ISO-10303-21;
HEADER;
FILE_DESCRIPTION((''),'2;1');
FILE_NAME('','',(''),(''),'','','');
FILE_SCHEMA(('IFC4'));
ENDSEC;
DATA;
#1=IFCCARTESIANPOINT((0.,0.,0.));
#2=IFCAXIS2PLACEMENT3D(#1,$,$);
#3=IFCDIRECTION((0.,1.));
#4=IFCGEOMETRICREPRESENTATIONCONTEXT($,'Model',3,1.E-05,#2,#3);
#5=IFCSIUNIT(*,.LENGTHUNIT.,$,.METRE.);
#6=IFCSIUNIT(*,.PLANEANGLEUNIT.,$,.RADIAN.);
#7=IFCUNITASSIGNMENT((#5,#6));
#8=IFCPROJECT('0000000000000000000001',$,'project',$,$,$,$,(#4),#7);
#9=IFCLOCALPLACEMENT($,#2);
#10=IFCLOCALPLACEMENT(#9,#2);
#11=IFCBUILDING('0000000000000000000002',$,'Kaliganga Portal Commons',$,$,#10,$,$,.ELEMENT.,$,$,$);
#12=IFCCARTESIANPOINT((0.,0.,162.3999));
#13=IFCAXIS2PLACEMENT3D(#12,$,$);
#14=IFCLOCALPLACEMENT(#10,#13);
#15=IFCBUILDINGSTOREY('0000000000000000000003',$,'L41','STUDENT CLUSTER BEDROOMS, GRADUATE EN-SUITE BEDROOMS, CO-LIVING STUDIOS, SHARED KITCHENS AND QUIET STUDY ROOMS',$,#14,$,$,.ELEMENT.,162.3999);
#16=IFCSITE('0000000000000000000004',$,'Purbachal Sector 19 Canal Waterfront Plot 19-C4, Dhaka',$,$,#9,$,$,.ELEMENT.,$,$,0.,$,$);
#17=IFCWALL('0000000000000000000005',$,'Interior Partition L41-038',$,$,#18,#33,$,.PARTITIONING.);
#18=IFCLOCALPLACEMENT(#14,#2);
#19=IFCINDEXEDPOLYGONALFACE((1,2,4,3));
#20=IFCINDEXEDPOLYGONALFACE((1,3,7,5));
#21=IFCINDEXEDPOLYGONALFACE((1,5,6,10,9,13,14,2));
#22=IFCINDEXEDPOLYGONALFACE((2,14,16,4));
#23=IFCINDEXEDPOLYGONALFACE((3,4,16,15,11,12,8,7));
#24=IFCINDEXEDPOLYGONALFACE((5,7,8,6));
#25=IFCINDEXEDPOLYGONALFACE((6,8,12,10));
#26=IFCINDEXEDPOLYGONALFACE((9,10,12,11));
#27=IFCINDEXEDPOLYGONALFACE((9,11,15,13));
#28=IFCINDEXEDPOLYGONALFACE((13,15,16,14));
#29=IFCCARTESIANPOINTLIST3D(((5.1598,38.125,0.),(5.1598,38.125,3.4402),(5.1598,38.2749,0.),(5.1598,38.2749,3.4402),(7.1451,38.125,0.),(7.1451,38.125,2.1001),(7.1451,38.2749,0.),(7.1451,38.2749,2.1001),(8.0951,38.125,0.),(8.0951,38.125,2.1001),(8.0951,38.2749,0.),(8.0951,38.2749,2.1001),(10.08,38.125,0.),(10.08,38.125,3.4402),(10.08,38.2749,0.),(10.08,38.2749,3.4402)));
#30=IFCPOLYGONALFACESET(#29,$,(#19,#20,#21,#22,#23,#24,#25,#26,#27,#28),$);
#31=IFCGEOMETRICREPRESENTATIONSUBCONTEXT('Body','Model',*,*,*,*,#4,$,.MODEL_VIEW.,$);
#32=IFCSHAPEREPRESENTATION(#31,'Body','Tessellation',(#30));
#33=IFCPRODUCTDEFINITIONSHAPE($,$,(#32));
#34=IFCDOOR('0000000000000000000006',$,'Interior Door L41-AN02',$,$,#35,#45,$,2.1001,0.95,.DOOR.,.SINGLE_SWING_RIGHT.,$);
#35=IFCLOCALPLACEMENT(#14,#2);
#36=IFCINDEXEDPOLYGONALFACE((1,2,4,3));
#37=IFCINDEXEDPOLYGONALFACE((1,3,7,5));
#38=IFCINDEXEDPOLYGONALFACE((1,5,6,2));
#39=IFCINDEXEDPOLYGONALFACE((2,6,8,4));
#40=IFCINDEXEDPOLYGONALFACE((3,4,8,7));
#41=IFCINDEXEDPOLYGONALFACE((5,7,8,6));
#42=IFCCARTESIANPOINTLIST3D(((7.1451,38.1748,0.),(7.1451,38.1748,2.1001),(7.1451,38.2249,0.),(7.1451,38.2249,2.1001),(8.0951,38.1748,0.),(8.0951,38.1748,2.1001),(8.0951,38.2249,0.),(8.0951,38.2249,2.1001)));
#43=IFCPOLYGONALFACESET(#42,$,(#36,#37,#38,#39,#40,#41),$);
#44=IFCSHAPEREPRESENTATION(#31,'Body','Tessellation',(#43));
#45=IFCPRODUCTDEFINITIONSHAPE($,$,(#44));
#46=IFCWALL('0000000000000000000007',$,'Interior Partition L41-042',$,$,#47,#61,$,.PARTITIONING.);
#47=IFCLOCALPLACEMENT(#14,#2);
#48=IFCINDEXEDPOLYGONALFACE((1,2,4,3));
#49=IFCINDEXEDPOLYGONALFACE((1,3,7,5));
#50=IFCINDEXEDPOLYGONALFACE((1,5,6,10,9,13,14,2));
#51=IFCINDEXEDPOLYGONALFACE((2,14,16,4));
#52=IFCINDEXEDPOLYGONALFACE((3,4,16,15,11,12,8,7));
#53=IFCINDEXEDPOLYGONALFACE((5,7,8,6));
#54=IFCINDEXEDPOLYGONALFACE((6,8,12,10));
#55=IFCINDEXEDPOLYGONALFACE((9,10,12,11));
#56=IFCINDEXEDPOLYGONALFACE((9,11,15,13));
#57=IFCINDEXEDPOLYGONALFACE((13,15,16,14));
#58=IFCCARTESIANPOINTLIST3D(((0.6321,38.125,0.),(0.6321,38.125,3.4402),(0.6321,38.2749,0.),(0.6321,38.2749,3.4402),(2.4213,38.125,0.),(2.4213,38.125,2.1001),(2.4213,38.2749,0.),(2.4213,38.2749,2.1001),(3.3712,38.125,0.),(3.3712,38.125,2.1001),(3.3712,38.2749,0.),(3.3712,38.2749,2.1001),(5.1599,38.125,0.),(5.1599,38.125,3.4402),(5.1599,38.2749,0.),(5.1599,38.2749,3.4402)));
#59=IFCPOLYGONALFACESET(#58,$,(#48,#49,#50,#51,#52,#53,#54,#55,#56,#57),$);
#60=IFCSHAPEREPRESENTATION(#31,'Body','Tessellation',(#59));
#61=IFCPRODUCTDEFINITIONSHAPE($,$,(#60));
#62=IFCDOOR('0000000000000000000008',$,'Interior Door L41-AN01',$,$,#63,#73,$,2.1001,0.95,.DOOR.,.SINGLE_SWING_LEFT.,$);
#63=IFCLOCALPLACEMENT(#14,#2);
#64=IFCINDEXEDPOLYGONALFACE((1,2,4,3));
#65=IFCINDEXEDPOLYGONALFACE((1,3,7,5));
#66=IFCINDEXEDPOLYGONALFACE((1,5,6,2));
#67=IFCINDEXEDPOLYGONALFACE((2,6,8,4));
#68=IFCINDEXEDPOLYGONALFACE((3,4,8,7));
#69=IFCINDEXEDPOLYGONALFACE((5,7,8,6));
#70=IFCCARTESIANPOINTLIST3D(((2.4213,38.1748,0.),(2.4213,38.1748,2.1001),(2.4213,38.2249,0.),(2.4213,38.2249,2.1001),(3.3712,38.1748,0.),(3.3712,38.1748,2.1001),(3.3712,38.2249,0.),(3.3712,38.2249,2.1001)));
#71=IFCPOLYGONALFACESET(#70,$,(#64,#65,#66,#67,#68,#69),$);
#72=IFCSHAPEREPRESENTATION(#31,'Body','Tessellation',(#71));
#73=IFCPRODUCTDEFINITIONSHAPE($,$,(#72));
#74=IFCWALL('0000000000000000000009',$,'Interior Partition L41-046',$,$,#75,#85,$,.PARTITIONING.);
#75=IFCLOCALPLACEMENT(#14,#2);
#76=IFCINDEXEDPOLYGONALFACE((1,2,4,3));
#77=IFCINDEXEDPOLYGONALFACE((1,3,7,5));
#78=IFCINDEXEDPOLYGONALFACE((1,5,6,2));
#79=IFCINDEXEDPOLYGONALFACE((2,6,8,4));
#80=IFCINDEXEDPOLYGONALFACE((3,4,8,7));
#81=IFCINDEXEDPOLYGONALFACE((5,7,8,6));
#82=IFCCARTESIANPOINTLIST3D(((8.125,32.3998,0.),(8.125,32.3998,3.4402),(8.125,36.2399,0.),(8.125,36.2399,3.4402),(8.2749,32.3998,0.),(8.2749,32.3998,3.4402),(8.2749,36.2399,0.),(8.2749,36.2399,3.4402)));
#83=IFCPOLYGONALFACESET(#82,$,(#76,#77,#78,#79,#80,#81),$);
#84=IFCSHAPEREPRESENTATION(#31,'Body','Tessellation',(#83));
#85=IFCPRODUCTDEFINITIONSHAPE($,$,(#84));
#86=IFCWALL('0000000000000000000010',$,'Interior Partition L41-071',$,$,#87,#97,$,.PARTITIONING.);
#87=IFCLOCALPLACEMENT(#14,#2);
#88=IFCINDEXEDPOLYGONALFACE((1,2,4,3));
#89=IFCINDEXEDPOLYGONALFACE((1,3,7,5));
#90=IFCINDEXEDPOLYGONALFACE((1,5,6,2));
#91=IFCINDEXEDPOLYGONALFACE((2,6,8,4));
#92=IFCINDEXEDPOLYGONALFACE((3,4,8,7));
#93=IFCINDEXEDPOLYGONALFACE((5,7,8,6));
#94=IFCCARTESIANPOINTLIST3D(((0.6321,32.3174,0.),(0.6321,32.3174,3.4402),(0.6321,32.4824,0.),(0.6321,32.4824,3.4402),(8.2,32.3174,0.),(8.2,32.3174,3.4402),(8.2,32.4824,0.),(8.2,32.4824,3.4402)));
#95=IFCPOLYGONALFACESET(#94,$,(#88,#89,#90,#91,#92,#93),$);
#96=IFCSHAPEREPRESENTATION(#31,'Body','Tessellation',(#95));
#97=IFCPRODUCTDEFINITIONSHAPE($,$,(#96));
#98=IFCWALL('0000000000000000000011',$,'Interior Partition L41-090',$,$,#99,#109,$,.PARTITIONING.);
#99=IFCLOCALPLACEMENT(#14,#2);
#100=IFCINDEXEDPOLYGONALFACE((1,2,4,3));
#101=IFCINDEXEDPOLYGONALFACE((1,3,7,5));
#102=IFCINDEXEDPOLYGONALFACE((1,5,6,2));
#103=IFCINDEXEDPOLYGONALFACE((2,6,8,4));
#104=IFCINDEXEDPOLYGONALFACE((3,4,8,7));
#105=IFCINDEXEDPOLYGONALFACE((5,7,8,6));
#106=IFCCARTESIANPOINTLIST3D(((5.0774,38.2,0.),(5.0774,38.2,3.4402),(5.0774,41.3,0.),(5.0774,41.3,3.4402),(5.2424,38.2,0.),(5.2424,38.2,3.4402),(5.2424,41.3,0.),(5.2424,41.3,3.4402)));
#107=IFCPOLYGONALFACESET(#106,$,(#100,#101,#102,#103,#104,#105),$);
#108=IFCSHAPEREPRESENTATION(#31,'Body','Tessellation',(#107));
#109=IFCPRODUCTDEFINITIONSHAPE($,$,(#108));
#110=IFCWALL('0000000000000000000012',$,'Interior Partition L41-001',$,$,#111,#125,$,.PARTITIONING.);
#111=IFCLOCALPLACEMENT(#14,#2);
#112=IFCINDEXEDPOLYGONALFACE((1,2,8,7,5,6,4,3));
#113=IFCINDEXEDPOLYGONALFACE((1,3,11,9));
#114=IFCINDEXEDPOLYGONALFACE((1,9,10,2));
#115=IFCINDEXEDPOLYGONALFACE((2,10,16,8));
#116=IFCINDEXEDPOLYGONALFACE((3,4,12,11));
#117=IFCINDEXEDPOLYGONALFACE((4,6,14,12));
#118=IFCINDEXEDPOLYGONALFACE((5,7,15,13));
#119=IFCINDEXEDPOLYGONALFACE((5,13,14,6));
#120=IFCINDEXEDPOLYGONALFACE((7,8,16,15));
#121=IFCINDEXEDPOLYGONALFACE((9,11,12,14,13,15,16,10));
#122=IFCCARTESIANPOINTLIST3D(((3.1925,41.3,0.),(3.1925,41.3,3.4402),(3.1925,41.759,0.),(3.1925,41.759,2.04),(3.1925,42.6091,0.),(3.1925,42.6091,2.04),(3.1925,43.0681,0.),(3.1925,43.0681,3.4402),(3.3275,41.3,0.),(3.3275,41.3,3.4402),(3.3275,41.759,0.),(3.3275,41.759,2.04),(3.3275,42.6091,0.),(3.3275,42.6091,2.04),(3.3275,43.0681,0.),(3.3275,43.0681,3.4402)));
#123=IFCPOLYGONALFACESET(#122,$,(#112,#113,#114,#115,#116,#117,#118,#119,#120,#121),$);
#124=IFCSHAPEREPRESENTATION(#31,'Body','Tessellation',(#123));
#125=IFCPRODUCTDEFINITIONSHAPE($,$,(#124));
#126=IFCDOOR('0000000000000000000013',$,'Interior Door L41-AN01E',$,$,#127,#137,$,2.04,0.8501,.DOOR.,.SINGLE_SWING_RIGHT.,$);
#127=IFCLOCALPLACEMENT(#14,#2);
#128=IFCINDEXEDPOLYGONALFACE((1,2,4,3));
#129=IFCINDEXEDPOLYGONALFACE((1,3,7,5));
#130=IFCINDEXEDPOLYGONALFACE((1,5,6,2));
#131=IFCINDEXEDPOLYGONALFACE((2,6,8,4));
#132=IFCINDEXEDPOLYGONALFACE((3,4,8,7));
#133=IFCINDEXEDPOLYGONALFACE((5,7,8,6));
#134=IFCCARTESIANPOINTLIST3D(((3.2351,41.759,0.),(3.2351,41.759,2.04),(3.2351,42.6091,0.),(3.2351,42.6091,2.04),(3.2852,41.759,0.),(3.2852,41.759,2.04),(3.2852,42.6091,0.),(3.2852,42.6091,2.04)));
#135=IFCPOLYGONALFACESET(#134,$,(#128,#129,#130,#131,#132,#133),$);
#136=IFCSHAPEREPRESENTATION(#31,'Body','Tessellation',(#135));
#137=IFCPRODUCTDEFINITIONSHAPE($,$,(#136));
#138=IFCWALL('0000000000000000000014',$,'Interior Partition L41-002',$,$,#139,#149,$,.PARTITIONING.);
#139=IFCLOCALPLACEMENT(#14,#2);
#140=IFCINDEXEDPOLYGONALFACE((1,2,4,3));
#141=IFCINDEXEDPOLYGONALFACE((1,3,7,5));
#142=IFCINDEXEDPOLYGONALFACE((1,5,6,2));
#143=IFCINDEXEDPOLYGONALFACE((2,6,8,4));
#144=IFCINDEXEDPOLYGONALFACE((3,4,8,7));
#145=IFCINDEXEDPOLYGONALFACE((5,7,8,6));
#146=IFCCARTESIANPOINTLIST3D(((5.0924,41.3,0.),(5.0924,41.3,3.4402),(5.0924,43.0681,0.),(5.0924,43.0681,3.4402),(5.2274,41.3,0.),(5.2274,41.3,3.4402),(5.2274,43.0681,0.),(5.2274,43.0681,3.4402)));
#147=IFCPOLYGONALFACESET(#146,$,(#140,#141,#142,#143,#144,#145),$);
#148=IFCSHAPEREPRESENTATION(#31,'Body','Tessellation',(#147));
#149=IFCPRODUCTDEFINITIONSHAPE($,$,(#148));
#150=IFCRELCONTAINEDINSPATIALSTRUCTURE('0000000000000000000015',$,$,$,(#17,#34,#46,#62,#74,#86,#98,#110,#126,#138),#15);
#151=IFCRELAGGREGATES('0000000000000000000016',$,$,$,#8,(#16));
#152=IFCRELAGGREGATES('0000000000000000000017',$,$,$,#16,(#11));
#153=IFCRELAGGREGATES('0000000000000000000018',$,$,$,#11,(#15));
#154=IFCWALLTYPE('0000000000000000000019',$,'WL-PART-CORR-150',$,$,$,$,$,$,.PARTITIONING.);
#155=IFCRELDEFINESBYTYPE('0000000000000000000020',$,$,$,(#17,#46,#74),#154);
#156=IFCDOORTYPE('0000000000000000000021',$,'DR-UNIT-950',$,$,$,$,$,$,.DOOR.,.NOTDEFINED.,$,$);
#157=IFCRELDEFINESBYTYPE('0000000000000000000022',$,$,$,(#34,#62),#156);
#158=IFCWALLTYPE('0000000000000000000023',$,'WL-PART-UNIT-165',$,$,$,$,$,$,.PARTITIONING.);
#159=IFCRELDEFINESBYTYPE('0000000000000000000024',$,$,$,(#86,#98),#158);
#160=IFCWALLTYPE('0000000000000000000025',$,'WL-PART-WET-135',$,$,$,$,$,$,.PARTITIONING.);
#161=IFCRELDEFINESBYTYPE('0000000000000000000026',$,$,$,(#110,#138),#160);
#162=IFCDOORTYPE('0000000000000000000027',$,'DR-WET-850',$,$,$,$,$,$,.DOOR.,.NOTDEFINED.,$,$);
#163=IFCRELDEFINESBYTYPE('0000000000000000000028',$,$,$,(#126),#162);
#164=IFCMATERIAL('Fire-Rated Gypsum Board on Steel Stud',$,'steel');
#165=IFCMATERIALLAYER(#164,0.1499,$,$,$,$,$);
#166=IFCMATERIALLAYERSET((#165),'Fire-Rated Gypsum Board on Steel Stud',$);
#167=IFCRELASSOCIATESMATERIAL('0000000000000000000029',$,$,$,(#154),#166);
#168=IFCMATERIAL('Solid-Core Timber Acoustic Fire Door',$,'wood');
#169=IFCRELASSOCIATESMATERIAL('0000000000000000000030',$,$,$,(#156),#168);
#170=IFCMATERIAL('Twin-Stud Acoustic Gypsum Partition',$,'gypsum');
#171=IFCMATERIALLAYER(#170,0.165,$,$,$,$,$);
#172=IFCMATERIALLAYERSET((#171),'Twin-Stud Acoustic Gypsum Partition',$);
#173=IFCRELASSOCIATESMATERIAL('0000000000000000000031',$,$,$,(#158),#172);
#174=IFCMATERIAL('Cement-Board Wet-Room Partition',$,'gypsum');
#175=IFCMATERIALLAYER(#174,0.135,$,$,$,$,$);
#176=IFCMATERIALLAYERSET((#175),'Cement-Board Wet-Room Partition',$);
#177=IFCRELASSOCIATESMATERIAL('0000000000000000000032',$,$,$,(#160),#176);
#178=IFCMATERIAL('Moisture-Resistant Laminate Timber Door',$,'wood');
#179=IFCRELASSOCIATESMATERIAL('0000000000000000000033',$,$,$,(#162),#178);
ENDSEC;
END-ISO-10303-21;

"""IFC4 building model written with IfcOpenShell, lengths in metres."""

from ifc_helpers import new_model, si_unit, direction, frame, frame_2d, origin, place, context, subcontext, project, spatial, rectangle, extrude, material, layer, layer_set, type_object, element, fill, save


model = new_model("IFC4")

# Units and contexts
model_context = context("Model", 3, precision=1e-05, world=origin(), true_north=direction((0.0, 1.0)))
body_context = subcontext(model_context, "Body", "Model", "MODEL_VIEW")
ifc_project = project(units=[si_unit("LENGTHUNIT", "METRE"), si_unit("PLANEANGLEUNIT", "RADIAN")], contexts=[model_context])

# Site, building, storey
site_placement = place(None, origin())
site = spatial("IfcSite", under=ifc_project, at=site_placement, Name="Purbachal Sector 19 Canal Waterfront Plot 19-C4, Dhaka", CompositionType="ELEMENT", RefElevation=0.0)
building_placement = place(site_placement, origin())
building = spatial("IfcBuilding", under=site, at=building_placement, Name="Kaliganga Portal Commons", CompositionType="ELEMENT")
storey_placement = place(building_placement, frame((0.0, 0.0, 162.3999)))
storey = spatial("IfcBuildingStorey", under=building, at=storey_placement, Name="L41", Description="STUDENT CLUSTER BEDROOMS, GRADUATE EN-SUITE BEDROOMS, CO-LIVING STUDIOS, SHARED KITCHENS AND QUIET STUDY ROOMS", CompositionType="ELEMENT", Elevation=162.3999)

# Shared definitions
ifc_material_1 = material(Name="Fire-Rated Gypsum Board on Steel Stud", Category="steel")
ifc_layer_1 = layer(ifc_material_1, 0.1499)
ifc_layer_set_1 = layer_set([ifc_layer_1], Name="Fire-Rated Gypsum Board on Steel Stud")
wall_type_1 = type_object("IfcWallType", Name="WL-PART-CORR-150", PredefinedType="PARTITIONING", material=ifc_layer_set_1)

# Walls, openings, doors
wall_1_placement = place(storey_placement, frame((5.1599, 38.2, 0.0), z_axis=(0.0, 0.0, 1.0), x_axis=(1.0, 0.0, 0.0)))
wall_1 = element("IfcWall", 1, at=wall_1_placement, inside=storey, type_object=wall_type_1, Name="Interior Partition L41-038", PredefinedType="PARTITIONING", context=body_context, shape_type="SweptSolid", body=[
    extrude(rectangle(XDim=4.9202, YDim=0.1499, at=frame_2d((2.46, 0.0))), origin(), (0.0, 0.0, 1.0), 3.4402),
])
opening_1_placement = place(wall_1_placement, frame((1.9851, 0.0, 0.0)))
opening_1 = element("IfcOpeningElement", 2, at=opening_1_placement, cuts=wall_1, PredefinedType="OPENING", context=body_context, shape_type="SweptSolid", body=[
    extrude(rectangle(XDim=0.95, YDim=2.1001, at=frame_2d((0.4751, 1.05))), frame((0.0, 0.085, 0.0), z_axis=(0.0, -1.0, 0.0), x_axis=(1.0, 0.0, 0.0)), (0.0, 0.0, 1.0), 0.1699),
])
ifc_material_2 = material(Name="Solid-Core Timber Acoustic Fire Door", Category="wood")
door_type_1 = type_object("IfcDoorType", Name="DR-UNIT-950", OperationType="NOTDEFINED", PredefinedType="DOOR", material=ifc_material_2)
door_1_placement = place(opening_1_placement, origin())
door_1 = element("IfcDoor", 3, at=door_1_placement, inside=storey, type_object=door_type_1, Name="Interior Door L41-AN02", OperationType="SINGLE_SWING_RIGHT", OverallHeight=2.1001, OverallWidth=0.95, PredefinedType="DOOR", context=body_context, shape_type="SweptSolid", body=[
    extrude(rectangle(XDim=0.95, YDim=2.1001, at=frame_2d((0.4751, 1.05))), frame((0.0, 0.0249, 0.0), z_axis=(0.0, -1.0, 0.0), x_axis=(1.0, 0.0, 0.0)), (0.0, 0.0, 1.0), 0.05),
])
fill(opening_1, door_1)
wall_2_placement = place(storey_placement, frame((0.6321, 38.2, 0.0), z_axis=(0.0, 0.0, 1.0), x_axis=(1.0, 0.0, 0.0)))
wall_2 = element("IfcWall", 4, at=wall_2_placement, inside=storey, type_object=wall_type_1, Name="Interior Partition L41-042", PredefinedType="PARTITIONING", context=body_context, shape_type="SweptSolid", body=[
    extrude(rectangle(XDim=4.5278, YDim=0.1499, at=frame_2d((2.2639, 0.0))), origin(), (0.0, 0.0, 1.0), 3.4402),
])
opening_2_placement = place(wall_2_placement, frame((1.7891, 0.0, 0.0)))
opening_2 = element("IfcOpeningElement", 5, at=opening_2_placement, cuts=wall_2, PredefinedType="OPENING", context=body_context, shape_type="SweptSolid", body=[
    extrude(rectangle(XDim=0.95, YDim=2.1001, at=frame_2d((0.4751, 1.05))), frame((0.0, 0.085, 0.0), z_axis=(0.0, -1.0, 0.0), x_axis=(1.0, 0.0, 0.0)), (0.0, 0.0, 1.0), 0.1699),
])
door_2_placement = place(opening_2_placement, origin())
door_2 = element("IfcDoor", 6, at=door_2_placement, inside=storey, type_object=door_type_1, Name="Interior Door L41-AN01", OperationType="SINGLE_SWING_LEFT", OverallHeight=2.1001, OverallWidth=0.95, PredefinedType="DOOR", context=body_context, shape_type="SweptSolid", body=[
    extrude(rectangle(XDim=0.95, YDim=2.1001, at=frame_2d((0.4751, 1.05))), frame((0.0, 0.0249, 0.0), z_axis=(0.0, -1.0, 0.0), x_axis=(1.0, 0.0, 0.0)), (0.0, 0.0, 1.0), 0.05),
])
fill(opening_2, door_2)

# Walls
wall_3_placement = place(storey_placement, frame((8.2, 32.3999, 0.0), z_axis=(0.0, 0.0, 1.0), x_axis=(0.0, 1.0, 0.0)))
element("IfcWall", 7, at=wall_3_placement, inside=storey, type_object=wall_type_1, Name="Interior Partition L41-046", PredefinedType="PARTITIONING", context=body_context, shape_type="SweptSolid", body=[
    extrude(rectangle(XDim=3.8401, YDim=0.1499, at=frame_2d((1.9199, 0.0))), origin(), (0.0, 0.0, 1.0), 3.4402),
])
ifc_material_3 = material(Name="Twin-Stud Acoustic Gypsum Partition", Category="gypsum")
ifc_layer_2 = layer(ifc_material_3, 0.165)
ifc_layer_set_2 = layer_set([ifc_layer_2], Name="Twin-Stud Acoustic Gypsum Partition")
wall_type_2 = type_object("IfcWallType", Name="WL-PART-UNIT-165", PredefinedType="PARTITIONING", material=ifc_layer_set_2)
wall_4_placement = place(storey_placement, frame((0.6321, 32.3999, 0.0), z_axis=(0.0, 0.0, 1.0), x_axis=(1.0, 0.0, 0.0)))
element("IfcWall", 8, at=wall_4_placement, inside=storey, type_object=wall_type_2, Name="Interior Partition L41-071", PredefinedType="PARTITIONING", context=body_context, shape_type="SweptSolid", body=[
    extrude(rectangle(XDim=7.5679, YDim=0.165, at=frame_2d((3.7839, 0.0))), origin(), (0.0, 0.0, 1.0), 3.4402),
])
wall_5_placement = place(storey_placement, frame((5.1599, 38.2, 0.0), z_axis=(0.0, 0.0, 1.0), x_axis=(0.0, 1.0, 0.0)))
element("IfcWall", 9, at=wall_5_placement, inside=storey, type_object=wall_type_2, Name="Interior Partition L41-090", PredefinedType="PARTITIONING", context=body_context, shape_type="SweptSolid", body=[
    extrude(rectangle(XDim=3.1001, YDim=0.165, at=frame_2d((1.55, 0.0))), origin(), (0.0, 0.0, 1.0), 3.4402),
])

# Wall, opening, door
ifc_material_4 = material(Name="Cement-Board Wet-Room Partition", Category="gypsum")
ifc_layer_3 = layer(ifc_material_4, 0.135)
ifc_layer_set_3 = layer_set([ifc_layer_3], Name="Cement-Board Wet-Room Partition")
wall_type_3 = type_object("IfcWallType", Name="WL-PART-WET-135", PredefinedType="PARTITIONING", material=ifc_layer_set_3)
wall_6_placement = place(storey_placement, frame((3.26, 41.3, 0.0), z_axis=(0.0, 0.0, 1.0), x_axis=(0.0, 1.0, 0.0)))
wall_6 = element("IfcWall", 10, at=wall_6_placement, inside=storey, type_object=wall_type_3, Name="Interior Partition L41-001", PredefinedType="PARTITIONING", context=body_context, shape_type="SweptSolid", body=[
    extrude(rectangle(XDim=1.7681, YDim=0.135, at=frame_2d((0.884, 0.0))), origin(), (0.0, 0.0, 1.0), 3.4402),
])
opening_3_placement = place(wall_6_placement, frame((0.459, 0.0, 0.0)))
opening_3 = element("IfcOpeningElement", 11, at=opening_3_placement, cuts=wall_6, PredefinedType="OPENING", context=body_context, shape_type="SweptSolid", body=[
    extrude(rectangle(XDim=0.8501, YDim=2.04, at=frame_2d((0.425, 1.02))), frame((0.0, 0.0776, 0.0), z_axis=(0.0, -1.0, 0.0), x_axis=(1.0, 0.0, 0.0)), (0.0, 0.0, 1.0), 0.155),
])
ifc_material_5 = material(Name="Moisture-Resistant Laminate Timber Door", Category="wood")
door_type_2 = type_object("IfcDoorType", Name="DR-WET-850", OperationType="NOTDEFINED", PredefinedType="DOOR", material=ifc_material_5)
door_3_placement = place(opening_3_placement, origin())
door_3 = element("IfcDoor", 12, at=door_3_placement, inside=storey, type_object=door_type_2, Name="Interior Door L41-AN01E", OperationType="SINGLE_SWING_RIGHT", OverallHeight=2.04, OverallWidth=0.8501, PredefinedType="DOOR", context=body_context, shape_type="SweptSolid", body=[
    extrude(rectangle(XDim=0.8501, YDim=2.04, at=frame_2d((0.425, 1.02))), frame((0.0, 0.0249, 0.0), z_axis=(0.0, -1.0, 0.0), x_axis=(1.0, 0.0, 0.0)), (0.0, 0.0, 1.0), 0.05),
])
fill(opening_3, door_3)

# Wall
wall_7_placement = place(storey_placement, frame((5.1599, 41.3, 0.0), z_axis=(0.0, 0.0, 1.0), x_axis=(0.0, 1.0, 0.0)))
element("IfcWall", 13, at=wall_7_placement, inside=storey, type_object=wall_type_3, Name="Interior Partition L41-002", PredefinedType="PARTITIONING", context=body_context, shape_type="SweptSolid", body=[
    extrude(rectangle(XDim=1.7681, YDim=0.135, at=frame_2d((0.884, 0.0))), origin(), (0.0, 0.0, 1.0), 3.4402),
])

save(model, "model.ifc")
